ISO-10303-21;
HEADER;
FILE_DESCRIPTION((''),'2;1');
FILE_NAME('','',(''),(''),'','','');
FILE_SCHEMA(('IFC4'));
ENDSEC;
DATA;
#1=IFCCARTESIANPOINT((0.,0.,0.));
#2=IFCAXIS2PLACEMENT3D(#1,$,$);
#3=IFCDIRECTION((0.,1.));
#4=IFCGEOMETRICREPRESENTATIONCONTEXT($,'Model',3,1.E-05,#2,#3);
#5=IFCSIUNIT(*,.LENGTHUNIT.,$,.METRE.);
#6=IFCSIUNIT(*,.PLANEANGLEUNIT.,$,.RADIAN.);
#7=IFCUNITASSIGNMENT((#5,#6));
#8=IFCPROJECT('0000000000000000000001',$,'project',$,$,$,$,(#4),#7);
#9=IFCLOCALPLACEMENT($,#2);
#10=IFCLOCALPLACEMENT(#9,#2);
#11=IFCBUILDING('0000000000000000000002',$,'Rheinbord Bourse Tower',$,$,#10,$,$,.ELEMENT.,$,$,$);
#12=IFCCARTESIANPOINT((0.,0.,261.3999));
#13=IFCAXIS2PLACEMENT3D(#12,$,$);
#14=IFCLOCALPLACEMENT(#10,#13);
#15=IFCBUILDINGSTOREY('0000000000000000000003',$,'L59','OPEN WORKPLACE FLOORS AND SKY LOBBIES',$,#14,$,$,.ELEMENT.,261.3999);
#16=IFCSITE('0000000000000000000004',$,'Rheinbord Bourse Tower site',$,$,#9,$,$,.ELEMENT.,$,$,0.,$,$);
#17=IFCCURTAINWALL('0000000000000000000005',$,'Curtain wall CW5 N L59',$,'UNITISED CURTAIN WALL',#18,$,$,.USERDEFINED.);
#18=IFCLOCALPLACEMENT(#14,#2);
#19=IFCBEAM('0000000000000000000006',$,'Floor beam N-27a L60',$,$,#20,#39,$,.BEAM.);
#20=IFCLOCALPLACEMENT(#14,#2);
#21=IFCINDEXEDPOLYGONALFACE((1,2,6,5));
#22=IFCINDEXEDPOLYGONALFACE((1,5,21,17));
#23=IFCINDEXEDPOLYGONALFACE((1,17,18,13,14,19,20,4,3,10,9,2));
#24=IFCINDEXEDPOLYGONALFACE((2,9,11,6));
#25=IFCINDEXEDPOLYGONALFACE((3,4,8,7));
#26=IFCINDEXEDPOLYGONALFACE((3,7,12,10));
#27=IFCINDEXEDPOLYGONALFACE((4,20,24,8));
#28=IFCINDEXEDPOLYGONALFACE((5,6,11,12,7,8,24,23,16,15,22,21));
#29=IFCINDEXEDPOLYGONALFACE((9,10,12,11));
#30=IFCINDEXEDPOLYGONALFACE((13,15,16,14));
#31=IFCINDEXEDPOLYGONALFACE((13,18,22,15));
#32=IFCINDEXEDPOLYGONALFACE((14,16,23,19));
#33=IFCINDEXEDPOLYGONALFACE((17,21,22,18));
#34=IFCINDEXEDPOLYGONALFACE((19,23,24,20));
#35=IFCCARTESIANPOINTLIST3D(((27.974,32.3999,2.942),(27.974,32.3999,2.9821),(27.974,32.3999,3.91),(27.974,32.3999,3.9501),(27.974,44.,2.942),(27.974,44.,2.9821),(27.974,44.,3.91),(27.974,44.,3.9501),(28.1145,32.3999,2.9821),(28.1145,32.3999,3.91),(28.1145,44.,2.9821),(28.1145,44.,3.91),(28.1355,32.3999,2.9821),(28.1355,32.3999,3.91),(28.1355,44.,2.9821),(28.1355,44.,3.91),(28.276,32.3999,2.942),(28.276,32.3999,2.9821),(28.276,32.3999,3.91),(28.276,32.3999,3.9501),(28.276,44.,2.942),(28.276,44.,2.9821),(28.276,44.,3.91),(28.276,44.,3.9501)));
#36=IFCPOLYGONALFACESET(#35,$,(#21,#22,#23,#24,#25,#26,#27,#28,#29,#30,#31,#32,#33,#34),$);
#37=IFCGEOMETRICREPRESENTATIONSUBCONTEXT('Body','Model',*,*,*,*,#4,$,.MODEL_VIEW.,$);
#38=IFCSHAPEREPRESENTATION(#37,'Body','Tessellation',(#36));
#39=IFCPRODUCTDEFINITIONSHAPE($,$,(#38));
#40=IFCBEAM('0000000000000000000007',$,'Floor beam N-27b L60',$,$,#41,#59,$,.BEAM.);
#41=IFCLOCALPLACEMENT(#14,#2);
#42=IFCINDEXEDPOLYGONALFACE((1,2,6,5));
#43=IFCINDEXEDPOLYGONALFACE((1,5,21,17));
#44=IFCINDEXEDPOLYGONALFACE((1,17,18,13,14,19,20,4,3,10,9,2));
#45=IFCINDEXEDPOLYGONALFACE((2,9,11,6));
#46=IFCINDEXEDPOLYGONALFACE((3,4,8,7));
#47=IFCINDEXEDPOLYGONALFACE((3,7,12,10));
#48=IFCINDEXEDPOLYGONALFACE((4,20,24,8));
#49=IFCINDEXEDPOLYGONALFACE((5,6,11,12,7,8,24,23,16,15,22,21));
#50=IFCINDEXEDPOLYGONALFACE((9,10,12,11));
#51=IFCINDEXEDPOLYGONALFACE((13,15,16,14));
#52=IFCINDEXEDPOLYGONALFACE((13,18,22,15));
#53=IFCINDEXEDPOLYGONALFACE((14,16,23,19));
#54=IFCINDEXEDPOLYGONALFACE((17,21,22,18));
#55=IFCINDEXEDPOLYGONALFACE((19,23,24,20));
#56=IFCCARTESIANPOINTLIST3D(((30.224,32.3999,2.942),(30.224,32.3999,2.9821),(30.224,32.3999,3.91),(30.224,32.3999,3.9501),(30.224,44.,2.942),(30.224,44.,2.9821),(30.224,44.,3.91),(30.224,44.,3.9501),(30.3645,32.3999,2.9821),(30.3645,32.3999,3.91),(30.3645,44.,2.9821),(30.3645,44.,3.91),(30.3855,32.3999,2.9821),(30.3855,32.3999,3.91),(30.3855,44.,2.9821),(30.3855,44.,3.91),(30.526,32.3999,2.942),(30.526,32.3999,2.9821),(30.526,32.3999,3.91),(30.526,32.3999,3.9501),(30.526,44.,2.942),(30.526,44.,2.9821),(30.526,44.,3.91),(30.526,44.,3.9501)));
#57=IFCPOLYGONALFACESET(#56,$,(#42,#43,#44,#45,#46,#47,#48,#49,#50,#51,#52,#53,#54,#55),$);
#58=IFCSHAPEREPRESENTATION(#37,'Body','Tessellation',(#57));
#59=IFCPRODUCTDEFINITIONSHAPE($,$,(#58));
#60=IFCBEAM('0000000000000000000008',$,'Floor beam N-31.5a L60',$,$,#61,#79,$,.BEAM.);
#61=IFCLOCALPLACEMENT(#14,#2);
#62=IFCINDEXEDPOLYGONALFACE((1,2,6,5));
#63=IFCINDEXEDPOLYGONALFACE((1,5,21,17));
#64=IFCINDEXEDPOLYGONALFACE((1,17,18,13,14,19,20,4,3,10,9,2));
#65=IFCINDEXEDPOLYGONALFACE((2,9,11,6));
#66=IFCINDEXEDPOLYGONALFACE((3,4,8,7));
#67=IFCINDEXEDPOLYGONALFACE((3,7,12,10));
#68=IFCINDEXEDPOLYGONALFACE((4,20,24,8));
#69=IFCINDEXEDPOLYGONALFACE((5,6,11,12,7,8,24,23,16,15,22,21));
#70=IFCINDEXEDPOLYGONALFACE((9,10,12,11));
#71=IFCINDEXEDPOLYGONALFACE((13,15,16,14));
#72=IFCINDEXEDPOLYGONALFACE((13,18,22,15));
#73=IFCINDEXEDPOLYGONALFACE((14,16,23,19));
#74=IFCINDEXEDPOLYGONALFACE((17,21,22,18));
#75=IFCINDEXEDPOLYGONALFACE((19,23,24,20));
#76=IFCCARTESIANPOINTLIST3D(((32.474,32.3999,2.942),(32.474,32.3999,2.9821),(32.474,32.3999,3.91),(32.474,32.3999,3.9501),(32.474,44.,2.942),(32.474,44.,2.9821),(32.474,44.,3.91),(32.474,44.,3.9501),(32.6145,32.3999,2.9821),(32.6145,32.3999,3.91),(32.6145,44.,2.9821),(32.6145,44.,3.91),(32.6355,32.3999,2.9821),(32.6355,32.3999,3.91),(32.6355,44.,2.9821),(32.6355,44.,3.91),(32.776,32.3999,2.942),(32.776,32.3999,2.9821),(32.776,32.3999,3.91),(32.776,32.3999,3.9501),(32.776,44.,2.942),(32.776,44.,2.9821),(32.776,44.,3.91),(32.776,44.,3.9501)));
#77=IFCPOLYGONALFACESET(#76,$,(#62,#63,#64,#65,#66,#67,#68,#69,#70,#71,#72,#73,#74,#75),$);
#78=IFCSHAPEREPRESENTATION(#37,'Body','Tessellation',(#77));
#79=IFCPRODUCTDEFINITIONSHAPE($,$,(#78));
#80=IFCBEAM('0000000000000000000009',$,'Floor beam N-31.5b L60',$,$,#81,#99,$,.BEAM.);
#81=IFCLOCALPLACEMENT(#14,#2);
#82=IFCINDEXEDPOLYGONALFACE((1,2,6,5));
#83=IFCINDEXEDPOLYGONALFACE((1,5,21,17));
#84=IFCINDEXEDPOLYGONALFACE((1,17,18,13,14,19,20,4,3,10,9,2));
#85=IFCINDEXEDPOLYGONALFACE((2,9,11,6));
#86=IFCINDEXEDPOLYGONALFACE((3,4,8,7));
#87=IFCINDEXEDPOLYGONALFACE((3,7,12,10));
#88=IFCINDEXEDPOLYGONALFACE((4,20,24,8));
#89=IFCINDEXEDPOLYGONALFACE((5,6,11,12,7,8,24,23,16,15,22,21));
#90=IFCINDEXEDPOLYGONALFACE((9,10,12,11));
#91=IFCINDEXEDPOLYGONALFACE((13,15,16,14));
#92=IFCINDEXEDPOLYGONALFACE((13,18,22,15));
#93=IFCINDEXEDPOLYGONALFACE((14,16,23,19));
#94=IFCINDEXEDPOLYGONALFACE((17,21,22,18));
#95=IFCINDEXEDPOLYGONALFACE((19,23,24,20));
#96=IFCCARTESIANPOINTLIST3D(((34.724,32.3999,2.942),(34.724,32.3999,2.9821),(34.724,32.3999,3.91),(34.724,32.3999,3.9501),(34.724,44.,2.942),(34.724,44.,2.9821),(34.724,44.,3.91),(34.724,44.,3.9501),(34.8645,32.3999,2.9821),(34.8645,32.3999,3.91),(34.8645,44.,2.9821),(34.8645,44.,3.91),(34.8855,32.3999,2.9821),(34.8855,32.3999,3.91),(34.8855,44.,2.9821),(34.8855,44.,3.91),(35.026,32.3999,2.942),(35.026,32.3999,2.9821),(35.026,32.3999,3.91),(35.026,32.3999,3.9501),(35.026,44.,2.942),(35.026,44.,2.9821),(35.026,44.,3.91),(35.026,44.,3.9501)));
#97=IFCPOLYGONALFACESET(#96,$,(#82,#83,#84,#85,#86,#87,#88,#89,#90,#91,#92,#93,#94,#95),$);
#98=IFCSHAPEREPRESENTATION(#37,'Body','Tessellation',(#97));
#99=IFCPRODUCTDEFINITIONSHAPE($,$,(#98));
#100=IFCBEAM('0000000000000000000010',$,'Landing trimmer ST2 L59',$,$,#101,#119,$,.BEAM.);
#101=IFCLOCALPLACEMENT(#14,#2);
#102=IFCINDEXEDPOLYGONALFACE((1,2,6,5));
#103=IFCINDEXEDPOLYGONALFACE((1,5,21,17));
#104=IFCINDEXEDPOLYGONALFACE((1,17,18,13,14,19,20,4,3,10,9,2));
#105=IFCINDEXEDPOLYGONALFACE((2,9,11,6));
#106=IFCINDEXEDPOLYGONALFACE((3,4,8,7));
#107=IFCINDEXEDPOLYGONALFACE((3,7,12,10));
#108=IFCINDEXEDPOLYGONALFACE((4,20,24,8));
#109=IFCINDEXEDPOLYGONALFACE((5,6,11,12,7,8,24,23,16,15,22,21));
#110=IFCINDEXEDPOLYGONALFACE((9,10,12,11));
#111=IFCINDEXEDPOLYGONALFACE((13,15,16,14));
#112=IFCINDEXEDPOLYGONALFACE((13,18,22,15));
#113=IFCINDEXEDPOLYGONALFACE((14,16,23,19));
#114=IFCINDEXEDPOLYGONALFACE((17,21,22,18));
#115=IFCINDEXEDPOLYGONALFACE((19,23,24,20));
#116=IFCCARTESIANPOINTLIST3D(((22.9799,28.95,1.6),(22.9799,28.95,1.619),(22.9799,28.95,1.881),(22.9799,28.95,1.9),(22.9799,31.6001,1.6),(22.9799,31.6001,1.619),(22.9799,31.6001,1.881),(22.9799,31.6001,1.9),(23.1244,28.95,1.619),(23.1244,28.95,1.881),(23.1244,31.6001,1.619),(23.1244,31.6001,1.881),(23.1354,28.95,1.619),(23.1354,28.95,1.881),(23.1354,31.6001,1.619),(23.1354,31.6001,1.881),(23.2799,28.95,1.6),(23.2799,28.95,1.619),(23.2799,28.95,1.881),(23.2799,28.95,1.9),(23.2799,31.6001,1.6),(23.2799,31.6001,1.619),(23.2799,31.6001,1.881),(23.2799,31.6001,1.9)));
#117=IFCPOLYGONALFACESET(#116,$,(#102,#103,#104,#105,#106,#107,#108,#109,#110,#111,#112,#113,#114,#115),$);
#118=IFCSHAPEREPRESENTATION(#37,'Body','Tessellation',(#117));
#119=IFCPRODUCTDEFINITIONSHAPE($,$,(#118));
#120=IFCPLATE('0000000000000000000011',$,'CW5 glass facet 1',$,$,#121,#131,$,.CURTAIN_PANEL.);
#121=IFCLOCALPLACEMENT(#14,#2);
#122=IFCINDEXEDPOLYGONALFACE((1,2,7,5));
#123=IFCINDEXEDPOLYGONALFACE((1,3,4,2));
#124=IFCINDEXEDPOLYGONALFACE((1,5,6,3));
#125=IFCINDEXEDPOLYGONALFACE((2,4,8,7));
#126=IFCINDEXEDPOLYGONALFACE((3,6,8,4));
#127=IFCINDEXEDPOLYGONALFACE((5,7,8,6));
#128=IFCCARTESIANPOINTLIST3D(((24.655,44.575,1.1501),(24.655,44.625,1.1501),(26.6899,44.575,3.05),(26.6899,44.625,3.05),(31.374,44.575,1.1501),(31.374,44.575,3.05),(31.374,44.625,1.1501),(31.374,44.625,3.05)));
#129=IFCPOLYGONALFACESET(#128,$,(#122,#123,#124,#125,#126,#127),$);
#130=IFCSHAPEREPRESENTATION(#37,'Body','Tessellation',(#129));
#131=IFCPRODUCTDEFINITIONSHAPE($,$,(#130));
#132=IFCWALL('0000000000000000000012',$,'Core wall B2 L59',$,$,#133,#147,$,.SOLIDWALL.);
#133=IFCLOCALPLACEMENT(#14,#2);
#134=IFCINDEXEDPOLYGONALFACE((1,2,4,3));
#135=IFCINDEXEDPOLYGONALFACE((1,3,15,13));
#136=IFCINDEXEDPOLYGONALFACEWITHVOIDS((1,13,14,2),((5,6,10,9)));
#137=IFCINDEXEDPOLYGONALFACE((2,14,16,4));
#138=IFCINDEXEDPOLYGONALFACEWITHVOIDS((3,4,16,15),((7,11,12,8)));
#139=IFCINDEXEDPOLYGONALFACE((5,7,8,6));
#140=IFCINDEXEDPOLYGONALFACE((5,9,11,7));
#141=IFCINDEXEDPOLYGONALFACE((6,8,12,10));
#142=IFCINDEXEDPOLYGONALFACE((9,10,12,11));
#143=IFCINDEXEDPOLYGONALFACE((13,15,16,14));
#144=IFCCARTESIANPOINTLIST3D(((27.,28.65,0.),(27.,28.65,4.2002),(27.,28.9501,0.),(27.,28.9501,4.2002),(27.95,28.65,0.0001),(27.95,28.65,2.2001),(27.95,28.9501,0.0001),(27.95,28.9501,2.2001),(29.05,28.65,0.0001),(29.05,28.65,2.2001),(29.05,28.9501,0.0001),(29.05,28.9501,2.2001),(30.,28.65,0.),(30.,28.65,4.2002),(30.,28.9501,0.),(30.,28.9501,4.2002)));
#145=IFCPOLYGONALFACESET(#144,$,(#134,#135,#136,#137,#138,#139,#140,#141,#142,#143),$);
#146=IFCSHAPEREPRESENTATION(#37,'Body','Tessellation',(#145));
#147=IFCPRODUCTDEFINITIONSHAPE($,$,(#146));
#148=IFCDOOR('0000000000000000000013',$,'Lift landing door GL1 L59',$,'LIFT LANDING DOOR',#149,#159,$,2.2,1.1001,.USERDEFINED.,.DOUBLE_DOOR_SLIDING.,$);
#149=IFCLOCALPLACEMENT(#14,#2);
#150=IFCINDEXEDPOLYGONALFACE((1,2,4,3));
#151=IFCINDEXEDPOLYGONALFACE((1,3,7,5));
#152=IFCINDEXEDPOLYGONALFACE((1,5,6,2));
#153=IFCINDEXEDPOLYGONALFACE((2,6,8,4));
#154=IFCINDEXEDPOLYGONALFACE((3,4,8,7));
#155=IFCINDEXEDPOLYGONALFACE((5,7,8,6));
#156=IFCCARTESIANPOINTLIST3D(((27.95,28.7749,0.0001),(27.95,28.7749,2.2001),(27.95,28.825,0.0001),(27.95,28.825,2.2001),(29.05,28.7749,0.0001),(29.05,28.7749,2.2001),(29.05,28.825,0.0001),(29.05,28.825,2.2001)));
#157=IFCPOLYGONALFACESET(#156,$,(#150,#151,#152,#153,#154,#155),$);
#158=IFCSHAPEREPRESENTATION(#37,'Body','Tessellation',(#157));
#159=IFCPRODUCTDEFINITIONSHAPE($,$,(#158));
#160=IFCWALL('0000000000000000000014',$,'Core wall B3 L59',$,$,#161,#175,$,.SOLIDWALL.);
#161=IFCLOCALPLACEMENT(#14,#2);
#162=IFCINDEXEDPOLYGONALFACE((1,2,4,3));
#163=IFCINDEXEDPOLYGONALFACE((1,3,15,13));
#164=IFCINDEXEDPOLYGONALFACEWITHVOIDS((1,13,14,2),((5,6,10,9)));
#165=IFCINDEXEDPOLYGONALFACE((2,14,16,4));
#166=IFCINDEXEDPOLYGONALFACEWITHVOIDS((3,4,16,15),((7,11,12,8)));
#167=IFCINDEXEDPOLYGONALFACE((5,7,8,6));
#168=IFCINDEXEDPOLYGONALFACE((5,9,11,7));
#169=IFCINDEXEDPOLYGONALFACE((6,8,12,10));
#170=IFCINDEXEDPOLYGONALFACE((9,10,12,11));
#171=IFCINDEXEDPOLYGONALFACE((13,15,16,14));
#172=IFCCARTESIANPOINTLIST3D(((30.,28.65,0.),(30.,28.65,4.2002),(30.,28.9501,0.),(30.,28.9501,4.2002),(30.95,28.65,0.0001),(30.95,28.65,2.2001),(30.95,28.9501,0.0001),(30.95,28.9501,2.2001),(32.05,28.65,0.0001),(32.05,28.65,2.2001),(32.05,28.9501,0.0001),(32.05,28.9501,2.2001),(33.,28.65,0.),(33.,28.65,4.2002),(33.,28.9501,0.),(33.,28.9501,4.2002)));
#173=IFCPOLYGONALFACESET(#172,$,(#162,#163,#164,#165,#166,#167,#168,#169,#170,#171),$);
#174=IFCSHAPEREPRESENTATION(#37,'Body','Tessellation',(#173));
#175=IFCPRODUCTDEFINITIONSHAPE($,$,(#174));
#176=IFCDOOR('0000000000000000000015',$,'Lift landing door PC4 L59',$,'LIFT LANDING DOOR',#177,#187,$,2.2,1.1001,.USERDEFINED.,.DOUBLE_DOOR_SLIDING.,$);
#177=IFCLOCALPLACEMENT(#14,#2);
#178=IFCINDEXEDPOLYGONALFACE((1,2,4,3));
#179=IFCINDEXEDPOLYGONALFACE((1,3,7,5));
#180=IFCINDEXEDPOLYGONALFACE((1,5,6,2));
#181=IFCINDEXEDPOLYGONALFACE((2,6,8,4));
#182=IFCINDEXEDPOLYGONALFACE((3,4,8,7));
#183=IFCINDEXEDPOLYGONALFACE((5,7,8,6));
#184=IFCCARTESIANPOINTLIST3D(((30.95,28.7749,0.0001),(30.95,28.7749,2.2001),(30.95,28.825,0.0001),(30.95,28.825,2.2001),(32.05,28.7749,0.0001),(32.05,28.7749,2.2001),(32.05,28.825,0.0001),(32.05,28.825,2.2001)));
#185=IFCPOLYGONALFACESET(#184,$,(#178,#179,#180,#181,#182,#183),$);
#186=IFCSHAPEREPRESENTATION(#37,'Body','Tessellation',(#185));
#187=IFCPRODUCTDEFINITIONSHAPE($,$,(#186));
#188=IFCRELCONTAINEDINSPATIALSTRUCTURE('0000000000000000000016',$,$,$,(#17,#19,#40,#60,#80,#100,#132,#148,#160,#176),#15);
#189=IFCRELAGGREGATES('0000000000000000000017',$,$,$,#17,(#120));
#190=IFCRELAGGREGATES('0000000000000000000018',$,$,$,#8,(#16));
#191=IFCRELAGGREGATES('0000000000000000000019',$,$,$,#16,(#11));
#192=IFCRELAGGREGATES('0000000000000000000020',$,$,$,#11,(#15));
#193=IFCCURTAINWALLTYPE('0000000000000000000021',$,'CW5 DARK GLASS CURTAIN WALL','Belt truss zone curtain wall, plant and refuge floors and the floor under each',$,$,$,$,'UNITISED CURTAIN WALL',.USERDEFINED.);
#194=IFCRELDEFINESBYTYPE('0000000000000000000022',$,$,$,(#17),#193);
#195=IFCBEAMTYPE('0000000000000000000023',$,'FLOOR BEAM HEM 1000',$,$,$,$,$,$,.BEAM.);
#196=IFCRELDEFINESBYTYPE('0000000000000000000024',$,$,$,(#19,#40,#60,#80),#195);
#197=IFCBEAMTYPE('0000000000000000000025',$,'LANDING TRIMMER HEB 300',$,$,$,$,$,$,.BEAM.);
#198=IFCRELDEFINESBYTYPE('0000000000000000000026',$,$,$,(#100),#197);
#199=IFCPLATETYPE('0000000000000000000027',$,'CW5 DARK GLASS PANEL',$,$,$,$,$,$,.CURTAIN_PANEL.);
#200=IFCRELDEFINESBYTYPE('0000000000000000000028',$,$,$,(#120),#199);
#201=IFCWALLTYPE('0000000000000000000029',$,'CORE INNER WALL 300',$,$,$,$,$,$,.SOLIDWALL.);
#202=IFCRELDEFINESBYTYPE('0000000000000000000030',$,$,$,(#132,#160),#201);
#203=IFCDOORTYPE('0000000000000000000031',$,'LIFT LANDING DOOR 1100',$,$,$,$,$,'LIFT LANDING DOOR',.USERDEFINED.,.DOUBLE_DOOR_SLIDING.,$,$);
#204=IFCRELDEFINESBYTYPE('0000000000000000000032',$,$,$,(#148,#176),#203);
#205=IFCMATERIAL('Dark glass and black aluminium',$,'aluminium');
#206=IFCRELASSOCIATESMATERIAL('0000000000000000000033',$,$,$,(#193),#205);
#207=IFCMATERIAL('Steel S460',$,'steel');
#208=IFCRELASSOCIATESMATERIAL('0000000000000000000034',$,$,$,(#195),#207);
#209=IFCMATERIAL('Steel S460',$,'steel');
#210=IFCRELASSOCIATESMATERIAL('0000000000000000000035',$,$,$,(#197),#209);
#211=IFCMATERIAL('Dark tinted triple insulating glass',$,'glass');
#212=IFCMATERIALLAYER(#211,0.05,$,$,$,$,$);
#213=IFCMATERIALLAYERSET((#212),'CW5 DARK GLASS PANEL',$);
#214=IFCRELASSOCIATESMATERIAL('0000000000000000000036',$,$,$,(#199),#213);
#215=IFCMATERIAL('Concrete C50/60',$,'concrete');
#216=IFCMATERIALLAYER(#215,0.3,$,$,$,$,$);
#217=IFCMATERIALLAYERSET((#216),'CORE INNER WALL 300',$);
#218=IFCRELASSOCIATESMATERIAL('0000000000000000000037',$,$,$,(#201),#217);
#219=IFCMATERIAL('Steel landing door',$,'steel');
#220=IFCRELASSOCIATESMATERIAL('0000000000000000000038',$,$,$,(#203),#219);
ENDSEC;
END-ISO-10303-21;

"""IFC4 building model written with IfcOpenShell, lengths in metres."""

from ifc_helpers import new_model, si_unit, direction, frame, frame_2d, origin, origin_2d, place, context, subcontext, project, spatial, polyline, rectangle, i_section, outline, extrude, material, layer, layer_set, material_profile, profile_set, type_object, element, fill, aggregate, save


model = new_model("IFC4")

# Units and contexts
model_context = context("Model", 3, precision=1e-05, world=origin(), true_north=direction((0.0, 1.0)))
body_context = subcontext(model_context, "Body", "Model", "MODEL_VIEW")
ifc_project = project(units=[si_unit("LENGTHUNIT", "METRE"), si_unit("PLANEANGLEUNIT", "RADIAN")], contexts=[model_context])

# Site, building, storey
site_placement = place(None, origin())
site = spatial("IfcSite", under=ifc_project, at=site_placement, Name="Rheinbord Bourse Tower site", CompositionType="ELEMENT", RefElevation=0.0)
building_placement = place(site_placement, origin())
building = spatial("IfcBuilding", under=site, at=building_placement, Name="Rheinbord Bourse Tower", CompositionType="ELEMENT")
storey_placement = place(building_placement, frame((0.0, 0.0, 261.3999)))
storey = spatial("IfcBuildingStorey", under=building, at=storey_placement, Name="L59", Description="OPEN WORKPLACE FLOORS AND SKY LOBBIES", CompositionType="ELEMENT", Elevation=261.3999)

# Curtain wall
ifc_material_1 = material(Name="Dark glass and black aluminium", Category="aluminium")
curtain_wall_type = type_object("IfcCurtainWallType", Name="CW5 DARK GLASS CURTAIN WALL", Description="Belt truss zone curtain wall, plant and refuge floors and the floor under each", ElementType="UNITISED CURTAIN WALL", PredefinedType="USERDEFINED", material=ifc_material_1)
curtain_wall_placement = place(storey_placement, origin())
curtain_wall = element("IfcCurtainWall", 1, at=curtain_wall_placement, inside=storey, type_object=curtain_wall_type, Name="Curtain wall CW5 N L59", ObjectType="UNITISED CURTAIN WALL", PredefinedType="USERDEFINED")

# Beams
ifc_material_2 = material(Name="Steel S460", Category="steel")
ifc_material_profile_1 = material_profile(ifc_material_2, i_section(OverallWidth=0.302, OverallDepth=1.0081, WebThickness=0.021, FlangeThickness=0.04, at=origin_2d()), Name="HEM 1000")
ifc_profile_set_1 = profile_set([ifc_material_profile_1], Name="Steel S460")
beam_type_1 = type_object("IfcBeamType", Name="FLOOR BEAM HEM 1000", PredefinedType="BEAM", material=ifc_profile_set_1)
for number, where, z_axis, x_axis, name in (
    (2, (28.125, 44.0, 3.446), (0.0, -1.0, 0.0), (1.0, 0.0, 0.0), "Floor beam N-27a L60"),
    (3, (30.375, 44.0, 3.446), (0.0, -1.0, 0.0), (1.0, 0.0, 0.0), "Floor beam N-27b L60"),
    (4, (32.625, 44.0, 3.446), (0.0, -1.0, 0.0), (1.0, 0.0, 0.0), "Floor beam N-31.5a L60"),
    (5, (34.875, 44.0, 3.446), (0.0, -1.0, 0.0), (1.0, 0.0, 0.0), "Floor beam N-31.5b L60"),
):
    element("IfcBeam", number, at=place(storey_placement, frame(where, z_axis=z_axis, x_axis=x_axis)), inside=storey, type_object=beam_type_1, Name=name, PredefinedType="BEAM", context=body_context, shape_type="SweptSolid", body=[
        extrude(i_section(OverallWidth=0.302, OverallDepth=1.0081, WebThickness=0.021, FlangeThickness=0.04, at=origin_2d()), origin(), (0.0, 0.0, 1.0), 11.6001),
    ])
ifc_material_3 = material(Name="Steel S460", Category="steel")
ifc_material_profile_2 = material_profile(ifc_material_3, i_section(OverallWidth=0.3, OverallDepth=0.3, WebThickness=0.011, FlangeThickness=0.019, at=origin_2d()), Name="HEB 300")
ifc_profile_set_2 = profile_set([ifc_material_profile_2], Name="Steel S460")
beam_type_2 = type_object("IfcBeamType", Name="LANDING TRIMMER HEB 300", PredefinedType="BEAM", material=ifc_profile_set_2)
beam_placement = place(storey_placement, frame((23.1299, 28.95, 1.75), z_axis=(0.0, 1.0, 0.0), x_axis=(-1.0, 0.0, 0.0)))
element("IfcBeam", 6, at=beam_placement, inside=storey, type_object=beam_type_2, Name="Landing trimmer ST2 L59", PredefinedType="BEAM", context=body_context, shape_type="SweptSolid", body=[
    extrude(i_section(OverallWidth=0.3, OverallDepth=0.3, WebThickness=0.011, FlangeThickness=0.019, at=origin_2d()), origin(), (0.0, 0.0, 1.0), 2.6501),
])

# Plate
ifc_material_4 = material(Name="Dark tinted triple insulating glass", Category="glass")
ifc_layer_1 = layer(ifc_material_4, 0.05)
ifc_layer_set_1 = layer_set([ifc_layer_1], Name="CW5 DARK GLASS PANEL")
plate_type = type_object("IfcPlateType", Name="CW5 DARK GLASS PANEL", PredefinedType="CURTAIN_PANEL", material=ifc_layer_set_1)
plate_placement = place(storey_placement, frame((31.374, 44.625, 1.1501), z_axis=(0.0, -1.0, 0.0), x_axis=(0.0, 0.0, 1.0)))
plate = element("IfcPlate", 7, at=plate_placement, type_object=plate_type, Name="CW5 glass facet 1", PredefinedType="CURTAIN_PANEL", context=body_context, shape_type="SweptSolid", body=[
    extrude(outline(polyline([(0.0, 0.0), (1.8999, 0.0), (1.8999, 4.6841), (0.0, 6.719), (0.0, 0.0)])), origin(), (0.0, 0.0, 1.0), 0.05),
])
aggregate(curtain_wall, [plate])

# Walls, openings, doors
ifc_material_5 = material(Name="Concrete C50/60", Category="concrete")
ifc_layer_2 = layer(ifc_material_5, 0.3)
ifc_layer_set_2 = layer_set([ifc_layer_2], Name="CORE INNER WALL 300")
wall_type_1 = type_object("IfcWallType", Name="CORE INNER WALL 300", PredefinedType="SOLIDWALL", material=ifc_layer_set_2)
wall_1_placement = place(storey_placement, frame((27.0, 28.8, 0.0), z_axis=(0.0, 0.0, 1.0), x_axis=(1.0, 0.0, 0.0)))
wall_1 = element("IfcWall", 8, at=wall_1_placement, inside=storey, type_object=wall_type_1, Name="Core wall B2 L59", PredefinedType="SOLIDWALL", context=body_context, shape_type="SweptSolid", body=[
    extrude(rectangle(XDim=3.0, YDim=0.3, at=frame_2d((1.5, 0.0))), origin(), (0.0, 0.0, 1.0), 4.2002),
])
opening_1_placement = place(wall_1_placement, frame((0.95, 0.0, 0.0)))
opening_1 = element("IfcOpeningElement", 9, at=opening_1_placement, cuts=wall_1, PredefinedType="OPENING", context=body_context, shape_type="SweptSolid", body=[
    extrude(rectangle(XDim=1.1001, YDim=2.2, at=frame_2d((0.55, 1.1001))), frame((0.0, 0.1599, 0.0), z_axis=(0.0, -1.0, 0.0), x_axis=(1.0, 0.0, 0.0)), (0.0, 0.0, 1.0), 0.3201),
])
ifc_material_6 = material(Name="Steel landing door", Category="steel")
door_type = type_object("IfcDoorType", Name="LIFT LANDING DOOR 1100", ElementType="LIFT LANDING DOOR", OperationType="DOUBLE_DOOR_SLIDING", PredefinedType="USERDEFINED", material=ifc_material_6)
door_1_placement = place(opening_1_placement, origin())
door_1 = element("IfcDoor", 10, at=door_1_placement, inside=storey, type_object=door_type, Name="Lift landing door GL1 L59", ObjectType="LIFT LANDING DOOR", OperationType="DOUBLE_DOOR_SLIDING", OverallHeight=2.2, OverallWidth=1.1001, PredefinedType="USERDEFINED", context=body_context, shape_type="SweptSolid", body=[
    extrude(rectangle(XDim=1.1001, YDim=2.2, at=frame_2d((0.55, 1.1001))), frame((0.0, 0.0249, 0.0), z_axis=(0.0, -1.0, 0.0), x_axis=(1.0, 0.0, 0.0)), (0.0, 0.0, 1.0), 0.05),
])
fill(opening_1, door_1)
wall_2_placement = place(storey_placement, frame((30.0, 28.8, 0.0), z_axis=(0.0, 0.0, 1.0), x_axis=(1.0, 0.0, 0.0)))
wall_2 = element("IfcWall", 11, at=wall_2_placement, inside=storey, type_object=wall_type_1, Name="Core wall B3 L59", PredefinedType="SOLIDWALL", context=body_context, shape_type="SweptSolid", body=[
    extrude(rectangle(XDim=3.0, YDim=0.3, at=frame_2d((1.5, 0.0))), origin(), (0.0, 0.0, 1.0), 4.2002),
])
opening_2_placement = place(wall_2_placement, frame((0.95, 0.0, 0.0)))
opening_2 = element("IfcOpeningElement", 12, at=opening_2_placement, cuts=wall_2, PredefinedType="OPENING", context=body_context, shape_type="SweptSolid", body=[
    extrude(rectangle(XDim=1.1001, YDim=2.2, at=frame_2d((0.55, 1.1001))), frame((0.0, 0.1599, 0.0), z_axis=(0.0, -1.0, 0.0), x_axis=(1.0, 0.0, 0.0)), (0.0, 0.0, 1.0), 0.3201),
])
door_2_placement = place(opening_2_placement, origin())
door_2 = element("IfcDoor", 13, at=door_2_placement, inside=storey, type_object=door_type, Name="Lift landing door PC4 L59", ObjectType="LIFT LANDING DOOR", OperationType="DOUBLE_DOOR_SLIDING", OverallHeight=2.2, OverallWidth=1.1001, PredefinedType="USERDEFINED", context=body_context, shape_type="SweptSolid", body=[
    extrude(rectangle(XDim=1.1001, YDim=2.2, at=frame_2d((0.55, 1.1001))), frame((0.0, 0.0249, 0.0), z_axis=(0.0, -1.0, 0.0), x_axis=(1.0, 0.0, 0.0)), (0.0, 0.0, 1.0), 0.05),
])
fill(opening_2, door_2)

save(model, "model.ifc")
